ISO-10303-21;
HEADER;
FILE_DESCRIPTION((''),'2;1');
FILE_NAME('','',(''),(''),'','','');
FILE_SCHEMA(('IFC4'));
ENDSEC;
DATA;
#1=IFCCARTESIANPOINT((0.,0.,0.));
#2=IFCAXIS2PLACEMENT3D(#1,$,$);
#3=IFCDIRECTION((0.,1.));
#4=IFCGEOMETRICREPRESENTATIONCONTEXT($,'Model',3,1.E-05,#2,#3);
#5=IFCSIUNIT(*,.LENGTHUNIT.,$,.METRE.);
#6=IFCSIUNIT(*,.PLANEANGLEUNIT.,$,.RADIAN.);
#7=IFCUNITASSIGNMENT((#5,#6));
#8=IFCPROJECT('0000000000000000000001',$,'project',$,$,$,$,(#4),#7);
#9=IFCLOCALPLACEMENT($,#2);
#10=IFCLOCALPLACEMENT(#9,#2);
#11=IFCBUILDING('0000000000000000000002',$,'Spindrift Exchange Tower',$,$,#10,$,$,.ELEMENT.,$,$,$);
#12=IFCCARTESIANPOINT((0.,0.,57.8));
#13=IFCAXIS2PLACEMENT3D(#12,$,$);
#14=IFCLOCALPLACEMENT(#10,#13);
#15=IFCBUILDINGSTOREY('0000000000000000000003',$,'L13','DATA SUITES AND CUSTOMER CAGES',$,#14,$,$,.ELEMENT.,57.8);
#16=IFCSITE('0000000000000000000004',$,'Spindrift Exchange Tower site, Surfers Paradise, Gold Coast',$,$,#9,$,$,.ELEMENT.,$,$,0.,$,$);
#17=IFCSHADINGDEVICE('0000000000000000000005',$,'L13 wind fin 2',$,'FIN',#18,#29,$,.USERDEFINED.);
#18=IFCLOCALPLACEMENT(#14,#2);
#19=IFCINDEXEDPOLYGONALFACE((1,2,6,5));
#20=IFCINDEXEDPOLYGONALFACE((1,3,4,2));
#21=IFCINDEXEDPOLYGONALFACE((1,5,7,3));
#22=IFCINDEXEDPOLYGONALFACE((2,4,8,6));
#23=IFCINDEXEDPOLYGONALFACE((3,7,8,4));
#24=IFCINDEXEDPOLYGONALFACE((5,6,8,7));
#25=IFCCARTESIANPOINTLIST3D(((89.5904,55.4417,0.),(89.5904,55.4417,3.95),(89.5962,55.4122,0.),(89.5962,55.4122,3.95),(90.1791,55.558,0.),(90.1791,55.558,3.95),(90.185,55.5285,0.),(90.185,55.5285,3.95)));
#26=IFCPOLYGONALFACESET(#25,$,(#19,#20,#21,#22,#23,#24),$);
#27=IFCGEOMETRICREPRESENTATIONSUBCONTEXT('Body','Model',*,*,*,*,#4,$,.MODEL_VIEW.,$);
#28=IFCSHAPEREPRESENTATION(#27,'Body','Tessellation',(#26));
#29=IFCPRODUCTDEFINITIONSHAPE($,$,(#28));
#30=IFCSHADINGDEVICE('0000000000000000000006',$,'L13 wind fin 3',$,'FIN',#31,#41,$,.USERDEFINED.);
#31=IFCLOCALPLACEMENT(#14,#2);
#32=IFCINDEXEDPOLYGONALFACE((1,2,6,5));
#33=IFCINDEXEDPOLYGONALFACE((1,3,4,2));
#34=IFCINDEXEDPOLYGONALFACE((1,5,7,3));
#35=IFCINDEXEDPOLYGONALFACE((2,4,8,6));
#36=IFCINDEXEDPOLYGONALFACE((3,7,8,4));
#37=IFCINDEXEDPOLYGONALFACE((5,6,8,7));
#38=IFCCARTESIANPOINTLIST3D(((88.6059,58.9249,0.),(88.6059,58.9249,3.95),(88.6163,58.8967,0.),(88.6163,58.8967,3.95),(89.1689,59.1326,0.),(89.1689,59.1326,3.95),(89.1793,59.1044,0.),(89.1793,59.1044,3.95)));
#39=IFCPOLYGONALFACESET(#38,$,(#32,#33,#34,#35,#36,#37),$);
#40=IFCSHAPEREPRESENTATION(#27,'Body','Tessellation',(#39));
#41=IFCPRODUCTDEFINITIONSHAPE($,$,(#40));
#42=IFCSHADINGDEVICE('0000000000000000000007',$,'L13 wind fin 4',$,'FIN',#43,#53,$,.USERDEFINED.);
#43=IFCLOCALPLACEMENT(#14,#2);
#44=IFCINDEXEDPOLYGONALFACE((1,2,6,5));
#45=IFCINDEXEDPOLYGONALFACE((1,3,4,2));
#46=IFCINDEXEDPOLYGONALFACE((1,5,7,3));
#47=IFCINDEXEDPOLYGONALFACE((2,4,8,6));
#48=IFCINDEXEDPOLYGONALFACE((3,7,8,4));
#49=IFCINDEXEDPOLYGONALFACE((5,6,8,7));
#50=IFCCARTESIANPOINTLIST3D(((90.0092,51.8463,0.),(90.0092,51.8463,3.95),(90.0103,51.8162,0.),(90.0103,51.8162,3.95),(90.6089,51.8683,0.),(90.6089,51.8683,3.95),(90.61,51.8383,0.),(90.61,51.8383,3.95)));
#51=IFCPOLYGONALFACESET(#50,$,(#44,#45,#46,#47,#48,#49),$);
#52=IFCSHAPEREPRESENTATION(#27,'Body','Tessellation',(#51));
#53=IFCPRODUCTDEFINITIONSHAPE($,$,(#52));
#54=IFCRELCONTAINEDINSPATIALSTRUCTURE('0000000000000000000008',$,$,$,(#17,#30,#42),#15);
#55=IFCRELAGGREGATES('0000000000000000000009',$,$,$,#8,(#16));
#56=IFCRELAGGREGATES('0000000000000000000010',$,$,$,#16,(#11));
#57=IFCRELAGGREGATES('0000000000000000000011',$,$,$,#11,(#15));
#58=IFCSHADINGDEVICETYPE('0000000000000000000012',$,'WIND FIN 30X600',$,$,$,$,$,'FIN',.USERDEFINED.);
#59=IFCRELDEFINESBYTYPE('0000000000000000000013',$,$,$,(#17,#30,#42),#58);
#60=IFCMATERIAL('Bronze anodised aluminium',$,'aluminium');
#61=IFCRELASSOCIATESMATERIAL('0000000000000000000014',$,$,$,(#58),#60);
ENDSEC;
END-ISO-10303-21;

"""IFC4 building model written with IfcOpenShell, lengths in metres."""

from ifc_helpers import new_model, si_unit, direction, frame, origin, origin_2d, place, context, subcontext, project, spatial, rectangle, extrude, source, transform, mapped, material, material_profile, profile_set, type_object, element, save


model = new_model("IFC4")

# Units and contexts
model_context = context("Model", 3, precision=1e-05, world=origin(), true_north=direction((0.0, 1.0)))
body_context = subcontext(model_context, "Body", "Model", "MODEL_VIEW")
ifc_project = project(units=[si_unit("LENGTHUNIT", "METRE"), si_unit("PLANEANGLEUNIT", "RADIAN")], contexts=[model_context])

# Site, building, storey
site_placement = place(None, origin())
site = spatial("IfcSite", under=ifc_project, at=site_placement, Name="Spindrift Exchange Tower site, Surfers Paradise, Gold Coast", CompositionType="ELEMENT", RefElevation=0.0)
building_placement = place(site_placement, origin())
building = spatial("IfcBuilding", under=site, at=building_placement, Name="Spindrift Exchange Tower", CompositionType="ELEMENT")
storey_placement = place(building_placement, frame((0.0, 0.0, 57.8)))
storey = spatial("IfcBuildingStorey", under=building, at=storey_placement, Name="L13", Description="DATA SUITES AND CUSTOMER CAGES", CompositionType="ELEMENT", Elevation=57.8)

# Shared definitions
ifc_material_1 = material(Name="Bronze anodised aluminium", Category="aluminium")

# Shading devices
ifc_material_profile_1 = material_profile(ifc_material_1, rectangle(XDim=0.03, YDim=0.6001, at=origin_2d()), Name="WIND FIN 30X600")
ifc_profile_set_1 = profile_set([ifc_material_profile_1], Name="Bronze anodised aluminium")
shading_device_type = type_object("IfcShadingDeviceType", Name="WIND FIN 30X600", ElementType="FIN", PredefinedType="USERDEFINED", material=ifc_profile_set_1)
shared_shape_1 = source(origin(), body_context, "Body", "SweptSolid", [
    extrude(rectangle(XDim=0.03, YDim=0.6001, at=origin_2d()), origin(), (0.0, 0.0, 1.0), 3.95),
])
for number, where, z_axis, x_axis, name in (
    (1, (89.8877, 55.4851, 0.0), (0.0, 0.0, 1.0), (-0.19382, 0.981037, 0.0), "L13 wind fin 2"),
    (2, (88.8926, 59.0146, 0.0), (0.0, 0.0, 1.0), (-0.346024, 0.938226, 0.0), "L13 wind fin 3"),
    (3, (90.3096, 51.8423, 0.0), (0.0, 0.0, 1.0), (-0.036768, 0.999324, 0.0), "L13 wind fin 4"),
):
    element("IfcShadingDevice", number, at=place(storey_placement, frame(where, z_axis=z_axis, x_axis=x_axis)), inside=storey, type_object=shading_device_type, Name=name, ObjectType="FIN", PredefinedType="USERDEFINED", context=body_context, shape_type="MappedRepresentation", body=[
        mapped(shared_shape_1, transform((0.0, 0.0, 0.0), scale=1.0)),
    ])

save(model, "model.ifc")
